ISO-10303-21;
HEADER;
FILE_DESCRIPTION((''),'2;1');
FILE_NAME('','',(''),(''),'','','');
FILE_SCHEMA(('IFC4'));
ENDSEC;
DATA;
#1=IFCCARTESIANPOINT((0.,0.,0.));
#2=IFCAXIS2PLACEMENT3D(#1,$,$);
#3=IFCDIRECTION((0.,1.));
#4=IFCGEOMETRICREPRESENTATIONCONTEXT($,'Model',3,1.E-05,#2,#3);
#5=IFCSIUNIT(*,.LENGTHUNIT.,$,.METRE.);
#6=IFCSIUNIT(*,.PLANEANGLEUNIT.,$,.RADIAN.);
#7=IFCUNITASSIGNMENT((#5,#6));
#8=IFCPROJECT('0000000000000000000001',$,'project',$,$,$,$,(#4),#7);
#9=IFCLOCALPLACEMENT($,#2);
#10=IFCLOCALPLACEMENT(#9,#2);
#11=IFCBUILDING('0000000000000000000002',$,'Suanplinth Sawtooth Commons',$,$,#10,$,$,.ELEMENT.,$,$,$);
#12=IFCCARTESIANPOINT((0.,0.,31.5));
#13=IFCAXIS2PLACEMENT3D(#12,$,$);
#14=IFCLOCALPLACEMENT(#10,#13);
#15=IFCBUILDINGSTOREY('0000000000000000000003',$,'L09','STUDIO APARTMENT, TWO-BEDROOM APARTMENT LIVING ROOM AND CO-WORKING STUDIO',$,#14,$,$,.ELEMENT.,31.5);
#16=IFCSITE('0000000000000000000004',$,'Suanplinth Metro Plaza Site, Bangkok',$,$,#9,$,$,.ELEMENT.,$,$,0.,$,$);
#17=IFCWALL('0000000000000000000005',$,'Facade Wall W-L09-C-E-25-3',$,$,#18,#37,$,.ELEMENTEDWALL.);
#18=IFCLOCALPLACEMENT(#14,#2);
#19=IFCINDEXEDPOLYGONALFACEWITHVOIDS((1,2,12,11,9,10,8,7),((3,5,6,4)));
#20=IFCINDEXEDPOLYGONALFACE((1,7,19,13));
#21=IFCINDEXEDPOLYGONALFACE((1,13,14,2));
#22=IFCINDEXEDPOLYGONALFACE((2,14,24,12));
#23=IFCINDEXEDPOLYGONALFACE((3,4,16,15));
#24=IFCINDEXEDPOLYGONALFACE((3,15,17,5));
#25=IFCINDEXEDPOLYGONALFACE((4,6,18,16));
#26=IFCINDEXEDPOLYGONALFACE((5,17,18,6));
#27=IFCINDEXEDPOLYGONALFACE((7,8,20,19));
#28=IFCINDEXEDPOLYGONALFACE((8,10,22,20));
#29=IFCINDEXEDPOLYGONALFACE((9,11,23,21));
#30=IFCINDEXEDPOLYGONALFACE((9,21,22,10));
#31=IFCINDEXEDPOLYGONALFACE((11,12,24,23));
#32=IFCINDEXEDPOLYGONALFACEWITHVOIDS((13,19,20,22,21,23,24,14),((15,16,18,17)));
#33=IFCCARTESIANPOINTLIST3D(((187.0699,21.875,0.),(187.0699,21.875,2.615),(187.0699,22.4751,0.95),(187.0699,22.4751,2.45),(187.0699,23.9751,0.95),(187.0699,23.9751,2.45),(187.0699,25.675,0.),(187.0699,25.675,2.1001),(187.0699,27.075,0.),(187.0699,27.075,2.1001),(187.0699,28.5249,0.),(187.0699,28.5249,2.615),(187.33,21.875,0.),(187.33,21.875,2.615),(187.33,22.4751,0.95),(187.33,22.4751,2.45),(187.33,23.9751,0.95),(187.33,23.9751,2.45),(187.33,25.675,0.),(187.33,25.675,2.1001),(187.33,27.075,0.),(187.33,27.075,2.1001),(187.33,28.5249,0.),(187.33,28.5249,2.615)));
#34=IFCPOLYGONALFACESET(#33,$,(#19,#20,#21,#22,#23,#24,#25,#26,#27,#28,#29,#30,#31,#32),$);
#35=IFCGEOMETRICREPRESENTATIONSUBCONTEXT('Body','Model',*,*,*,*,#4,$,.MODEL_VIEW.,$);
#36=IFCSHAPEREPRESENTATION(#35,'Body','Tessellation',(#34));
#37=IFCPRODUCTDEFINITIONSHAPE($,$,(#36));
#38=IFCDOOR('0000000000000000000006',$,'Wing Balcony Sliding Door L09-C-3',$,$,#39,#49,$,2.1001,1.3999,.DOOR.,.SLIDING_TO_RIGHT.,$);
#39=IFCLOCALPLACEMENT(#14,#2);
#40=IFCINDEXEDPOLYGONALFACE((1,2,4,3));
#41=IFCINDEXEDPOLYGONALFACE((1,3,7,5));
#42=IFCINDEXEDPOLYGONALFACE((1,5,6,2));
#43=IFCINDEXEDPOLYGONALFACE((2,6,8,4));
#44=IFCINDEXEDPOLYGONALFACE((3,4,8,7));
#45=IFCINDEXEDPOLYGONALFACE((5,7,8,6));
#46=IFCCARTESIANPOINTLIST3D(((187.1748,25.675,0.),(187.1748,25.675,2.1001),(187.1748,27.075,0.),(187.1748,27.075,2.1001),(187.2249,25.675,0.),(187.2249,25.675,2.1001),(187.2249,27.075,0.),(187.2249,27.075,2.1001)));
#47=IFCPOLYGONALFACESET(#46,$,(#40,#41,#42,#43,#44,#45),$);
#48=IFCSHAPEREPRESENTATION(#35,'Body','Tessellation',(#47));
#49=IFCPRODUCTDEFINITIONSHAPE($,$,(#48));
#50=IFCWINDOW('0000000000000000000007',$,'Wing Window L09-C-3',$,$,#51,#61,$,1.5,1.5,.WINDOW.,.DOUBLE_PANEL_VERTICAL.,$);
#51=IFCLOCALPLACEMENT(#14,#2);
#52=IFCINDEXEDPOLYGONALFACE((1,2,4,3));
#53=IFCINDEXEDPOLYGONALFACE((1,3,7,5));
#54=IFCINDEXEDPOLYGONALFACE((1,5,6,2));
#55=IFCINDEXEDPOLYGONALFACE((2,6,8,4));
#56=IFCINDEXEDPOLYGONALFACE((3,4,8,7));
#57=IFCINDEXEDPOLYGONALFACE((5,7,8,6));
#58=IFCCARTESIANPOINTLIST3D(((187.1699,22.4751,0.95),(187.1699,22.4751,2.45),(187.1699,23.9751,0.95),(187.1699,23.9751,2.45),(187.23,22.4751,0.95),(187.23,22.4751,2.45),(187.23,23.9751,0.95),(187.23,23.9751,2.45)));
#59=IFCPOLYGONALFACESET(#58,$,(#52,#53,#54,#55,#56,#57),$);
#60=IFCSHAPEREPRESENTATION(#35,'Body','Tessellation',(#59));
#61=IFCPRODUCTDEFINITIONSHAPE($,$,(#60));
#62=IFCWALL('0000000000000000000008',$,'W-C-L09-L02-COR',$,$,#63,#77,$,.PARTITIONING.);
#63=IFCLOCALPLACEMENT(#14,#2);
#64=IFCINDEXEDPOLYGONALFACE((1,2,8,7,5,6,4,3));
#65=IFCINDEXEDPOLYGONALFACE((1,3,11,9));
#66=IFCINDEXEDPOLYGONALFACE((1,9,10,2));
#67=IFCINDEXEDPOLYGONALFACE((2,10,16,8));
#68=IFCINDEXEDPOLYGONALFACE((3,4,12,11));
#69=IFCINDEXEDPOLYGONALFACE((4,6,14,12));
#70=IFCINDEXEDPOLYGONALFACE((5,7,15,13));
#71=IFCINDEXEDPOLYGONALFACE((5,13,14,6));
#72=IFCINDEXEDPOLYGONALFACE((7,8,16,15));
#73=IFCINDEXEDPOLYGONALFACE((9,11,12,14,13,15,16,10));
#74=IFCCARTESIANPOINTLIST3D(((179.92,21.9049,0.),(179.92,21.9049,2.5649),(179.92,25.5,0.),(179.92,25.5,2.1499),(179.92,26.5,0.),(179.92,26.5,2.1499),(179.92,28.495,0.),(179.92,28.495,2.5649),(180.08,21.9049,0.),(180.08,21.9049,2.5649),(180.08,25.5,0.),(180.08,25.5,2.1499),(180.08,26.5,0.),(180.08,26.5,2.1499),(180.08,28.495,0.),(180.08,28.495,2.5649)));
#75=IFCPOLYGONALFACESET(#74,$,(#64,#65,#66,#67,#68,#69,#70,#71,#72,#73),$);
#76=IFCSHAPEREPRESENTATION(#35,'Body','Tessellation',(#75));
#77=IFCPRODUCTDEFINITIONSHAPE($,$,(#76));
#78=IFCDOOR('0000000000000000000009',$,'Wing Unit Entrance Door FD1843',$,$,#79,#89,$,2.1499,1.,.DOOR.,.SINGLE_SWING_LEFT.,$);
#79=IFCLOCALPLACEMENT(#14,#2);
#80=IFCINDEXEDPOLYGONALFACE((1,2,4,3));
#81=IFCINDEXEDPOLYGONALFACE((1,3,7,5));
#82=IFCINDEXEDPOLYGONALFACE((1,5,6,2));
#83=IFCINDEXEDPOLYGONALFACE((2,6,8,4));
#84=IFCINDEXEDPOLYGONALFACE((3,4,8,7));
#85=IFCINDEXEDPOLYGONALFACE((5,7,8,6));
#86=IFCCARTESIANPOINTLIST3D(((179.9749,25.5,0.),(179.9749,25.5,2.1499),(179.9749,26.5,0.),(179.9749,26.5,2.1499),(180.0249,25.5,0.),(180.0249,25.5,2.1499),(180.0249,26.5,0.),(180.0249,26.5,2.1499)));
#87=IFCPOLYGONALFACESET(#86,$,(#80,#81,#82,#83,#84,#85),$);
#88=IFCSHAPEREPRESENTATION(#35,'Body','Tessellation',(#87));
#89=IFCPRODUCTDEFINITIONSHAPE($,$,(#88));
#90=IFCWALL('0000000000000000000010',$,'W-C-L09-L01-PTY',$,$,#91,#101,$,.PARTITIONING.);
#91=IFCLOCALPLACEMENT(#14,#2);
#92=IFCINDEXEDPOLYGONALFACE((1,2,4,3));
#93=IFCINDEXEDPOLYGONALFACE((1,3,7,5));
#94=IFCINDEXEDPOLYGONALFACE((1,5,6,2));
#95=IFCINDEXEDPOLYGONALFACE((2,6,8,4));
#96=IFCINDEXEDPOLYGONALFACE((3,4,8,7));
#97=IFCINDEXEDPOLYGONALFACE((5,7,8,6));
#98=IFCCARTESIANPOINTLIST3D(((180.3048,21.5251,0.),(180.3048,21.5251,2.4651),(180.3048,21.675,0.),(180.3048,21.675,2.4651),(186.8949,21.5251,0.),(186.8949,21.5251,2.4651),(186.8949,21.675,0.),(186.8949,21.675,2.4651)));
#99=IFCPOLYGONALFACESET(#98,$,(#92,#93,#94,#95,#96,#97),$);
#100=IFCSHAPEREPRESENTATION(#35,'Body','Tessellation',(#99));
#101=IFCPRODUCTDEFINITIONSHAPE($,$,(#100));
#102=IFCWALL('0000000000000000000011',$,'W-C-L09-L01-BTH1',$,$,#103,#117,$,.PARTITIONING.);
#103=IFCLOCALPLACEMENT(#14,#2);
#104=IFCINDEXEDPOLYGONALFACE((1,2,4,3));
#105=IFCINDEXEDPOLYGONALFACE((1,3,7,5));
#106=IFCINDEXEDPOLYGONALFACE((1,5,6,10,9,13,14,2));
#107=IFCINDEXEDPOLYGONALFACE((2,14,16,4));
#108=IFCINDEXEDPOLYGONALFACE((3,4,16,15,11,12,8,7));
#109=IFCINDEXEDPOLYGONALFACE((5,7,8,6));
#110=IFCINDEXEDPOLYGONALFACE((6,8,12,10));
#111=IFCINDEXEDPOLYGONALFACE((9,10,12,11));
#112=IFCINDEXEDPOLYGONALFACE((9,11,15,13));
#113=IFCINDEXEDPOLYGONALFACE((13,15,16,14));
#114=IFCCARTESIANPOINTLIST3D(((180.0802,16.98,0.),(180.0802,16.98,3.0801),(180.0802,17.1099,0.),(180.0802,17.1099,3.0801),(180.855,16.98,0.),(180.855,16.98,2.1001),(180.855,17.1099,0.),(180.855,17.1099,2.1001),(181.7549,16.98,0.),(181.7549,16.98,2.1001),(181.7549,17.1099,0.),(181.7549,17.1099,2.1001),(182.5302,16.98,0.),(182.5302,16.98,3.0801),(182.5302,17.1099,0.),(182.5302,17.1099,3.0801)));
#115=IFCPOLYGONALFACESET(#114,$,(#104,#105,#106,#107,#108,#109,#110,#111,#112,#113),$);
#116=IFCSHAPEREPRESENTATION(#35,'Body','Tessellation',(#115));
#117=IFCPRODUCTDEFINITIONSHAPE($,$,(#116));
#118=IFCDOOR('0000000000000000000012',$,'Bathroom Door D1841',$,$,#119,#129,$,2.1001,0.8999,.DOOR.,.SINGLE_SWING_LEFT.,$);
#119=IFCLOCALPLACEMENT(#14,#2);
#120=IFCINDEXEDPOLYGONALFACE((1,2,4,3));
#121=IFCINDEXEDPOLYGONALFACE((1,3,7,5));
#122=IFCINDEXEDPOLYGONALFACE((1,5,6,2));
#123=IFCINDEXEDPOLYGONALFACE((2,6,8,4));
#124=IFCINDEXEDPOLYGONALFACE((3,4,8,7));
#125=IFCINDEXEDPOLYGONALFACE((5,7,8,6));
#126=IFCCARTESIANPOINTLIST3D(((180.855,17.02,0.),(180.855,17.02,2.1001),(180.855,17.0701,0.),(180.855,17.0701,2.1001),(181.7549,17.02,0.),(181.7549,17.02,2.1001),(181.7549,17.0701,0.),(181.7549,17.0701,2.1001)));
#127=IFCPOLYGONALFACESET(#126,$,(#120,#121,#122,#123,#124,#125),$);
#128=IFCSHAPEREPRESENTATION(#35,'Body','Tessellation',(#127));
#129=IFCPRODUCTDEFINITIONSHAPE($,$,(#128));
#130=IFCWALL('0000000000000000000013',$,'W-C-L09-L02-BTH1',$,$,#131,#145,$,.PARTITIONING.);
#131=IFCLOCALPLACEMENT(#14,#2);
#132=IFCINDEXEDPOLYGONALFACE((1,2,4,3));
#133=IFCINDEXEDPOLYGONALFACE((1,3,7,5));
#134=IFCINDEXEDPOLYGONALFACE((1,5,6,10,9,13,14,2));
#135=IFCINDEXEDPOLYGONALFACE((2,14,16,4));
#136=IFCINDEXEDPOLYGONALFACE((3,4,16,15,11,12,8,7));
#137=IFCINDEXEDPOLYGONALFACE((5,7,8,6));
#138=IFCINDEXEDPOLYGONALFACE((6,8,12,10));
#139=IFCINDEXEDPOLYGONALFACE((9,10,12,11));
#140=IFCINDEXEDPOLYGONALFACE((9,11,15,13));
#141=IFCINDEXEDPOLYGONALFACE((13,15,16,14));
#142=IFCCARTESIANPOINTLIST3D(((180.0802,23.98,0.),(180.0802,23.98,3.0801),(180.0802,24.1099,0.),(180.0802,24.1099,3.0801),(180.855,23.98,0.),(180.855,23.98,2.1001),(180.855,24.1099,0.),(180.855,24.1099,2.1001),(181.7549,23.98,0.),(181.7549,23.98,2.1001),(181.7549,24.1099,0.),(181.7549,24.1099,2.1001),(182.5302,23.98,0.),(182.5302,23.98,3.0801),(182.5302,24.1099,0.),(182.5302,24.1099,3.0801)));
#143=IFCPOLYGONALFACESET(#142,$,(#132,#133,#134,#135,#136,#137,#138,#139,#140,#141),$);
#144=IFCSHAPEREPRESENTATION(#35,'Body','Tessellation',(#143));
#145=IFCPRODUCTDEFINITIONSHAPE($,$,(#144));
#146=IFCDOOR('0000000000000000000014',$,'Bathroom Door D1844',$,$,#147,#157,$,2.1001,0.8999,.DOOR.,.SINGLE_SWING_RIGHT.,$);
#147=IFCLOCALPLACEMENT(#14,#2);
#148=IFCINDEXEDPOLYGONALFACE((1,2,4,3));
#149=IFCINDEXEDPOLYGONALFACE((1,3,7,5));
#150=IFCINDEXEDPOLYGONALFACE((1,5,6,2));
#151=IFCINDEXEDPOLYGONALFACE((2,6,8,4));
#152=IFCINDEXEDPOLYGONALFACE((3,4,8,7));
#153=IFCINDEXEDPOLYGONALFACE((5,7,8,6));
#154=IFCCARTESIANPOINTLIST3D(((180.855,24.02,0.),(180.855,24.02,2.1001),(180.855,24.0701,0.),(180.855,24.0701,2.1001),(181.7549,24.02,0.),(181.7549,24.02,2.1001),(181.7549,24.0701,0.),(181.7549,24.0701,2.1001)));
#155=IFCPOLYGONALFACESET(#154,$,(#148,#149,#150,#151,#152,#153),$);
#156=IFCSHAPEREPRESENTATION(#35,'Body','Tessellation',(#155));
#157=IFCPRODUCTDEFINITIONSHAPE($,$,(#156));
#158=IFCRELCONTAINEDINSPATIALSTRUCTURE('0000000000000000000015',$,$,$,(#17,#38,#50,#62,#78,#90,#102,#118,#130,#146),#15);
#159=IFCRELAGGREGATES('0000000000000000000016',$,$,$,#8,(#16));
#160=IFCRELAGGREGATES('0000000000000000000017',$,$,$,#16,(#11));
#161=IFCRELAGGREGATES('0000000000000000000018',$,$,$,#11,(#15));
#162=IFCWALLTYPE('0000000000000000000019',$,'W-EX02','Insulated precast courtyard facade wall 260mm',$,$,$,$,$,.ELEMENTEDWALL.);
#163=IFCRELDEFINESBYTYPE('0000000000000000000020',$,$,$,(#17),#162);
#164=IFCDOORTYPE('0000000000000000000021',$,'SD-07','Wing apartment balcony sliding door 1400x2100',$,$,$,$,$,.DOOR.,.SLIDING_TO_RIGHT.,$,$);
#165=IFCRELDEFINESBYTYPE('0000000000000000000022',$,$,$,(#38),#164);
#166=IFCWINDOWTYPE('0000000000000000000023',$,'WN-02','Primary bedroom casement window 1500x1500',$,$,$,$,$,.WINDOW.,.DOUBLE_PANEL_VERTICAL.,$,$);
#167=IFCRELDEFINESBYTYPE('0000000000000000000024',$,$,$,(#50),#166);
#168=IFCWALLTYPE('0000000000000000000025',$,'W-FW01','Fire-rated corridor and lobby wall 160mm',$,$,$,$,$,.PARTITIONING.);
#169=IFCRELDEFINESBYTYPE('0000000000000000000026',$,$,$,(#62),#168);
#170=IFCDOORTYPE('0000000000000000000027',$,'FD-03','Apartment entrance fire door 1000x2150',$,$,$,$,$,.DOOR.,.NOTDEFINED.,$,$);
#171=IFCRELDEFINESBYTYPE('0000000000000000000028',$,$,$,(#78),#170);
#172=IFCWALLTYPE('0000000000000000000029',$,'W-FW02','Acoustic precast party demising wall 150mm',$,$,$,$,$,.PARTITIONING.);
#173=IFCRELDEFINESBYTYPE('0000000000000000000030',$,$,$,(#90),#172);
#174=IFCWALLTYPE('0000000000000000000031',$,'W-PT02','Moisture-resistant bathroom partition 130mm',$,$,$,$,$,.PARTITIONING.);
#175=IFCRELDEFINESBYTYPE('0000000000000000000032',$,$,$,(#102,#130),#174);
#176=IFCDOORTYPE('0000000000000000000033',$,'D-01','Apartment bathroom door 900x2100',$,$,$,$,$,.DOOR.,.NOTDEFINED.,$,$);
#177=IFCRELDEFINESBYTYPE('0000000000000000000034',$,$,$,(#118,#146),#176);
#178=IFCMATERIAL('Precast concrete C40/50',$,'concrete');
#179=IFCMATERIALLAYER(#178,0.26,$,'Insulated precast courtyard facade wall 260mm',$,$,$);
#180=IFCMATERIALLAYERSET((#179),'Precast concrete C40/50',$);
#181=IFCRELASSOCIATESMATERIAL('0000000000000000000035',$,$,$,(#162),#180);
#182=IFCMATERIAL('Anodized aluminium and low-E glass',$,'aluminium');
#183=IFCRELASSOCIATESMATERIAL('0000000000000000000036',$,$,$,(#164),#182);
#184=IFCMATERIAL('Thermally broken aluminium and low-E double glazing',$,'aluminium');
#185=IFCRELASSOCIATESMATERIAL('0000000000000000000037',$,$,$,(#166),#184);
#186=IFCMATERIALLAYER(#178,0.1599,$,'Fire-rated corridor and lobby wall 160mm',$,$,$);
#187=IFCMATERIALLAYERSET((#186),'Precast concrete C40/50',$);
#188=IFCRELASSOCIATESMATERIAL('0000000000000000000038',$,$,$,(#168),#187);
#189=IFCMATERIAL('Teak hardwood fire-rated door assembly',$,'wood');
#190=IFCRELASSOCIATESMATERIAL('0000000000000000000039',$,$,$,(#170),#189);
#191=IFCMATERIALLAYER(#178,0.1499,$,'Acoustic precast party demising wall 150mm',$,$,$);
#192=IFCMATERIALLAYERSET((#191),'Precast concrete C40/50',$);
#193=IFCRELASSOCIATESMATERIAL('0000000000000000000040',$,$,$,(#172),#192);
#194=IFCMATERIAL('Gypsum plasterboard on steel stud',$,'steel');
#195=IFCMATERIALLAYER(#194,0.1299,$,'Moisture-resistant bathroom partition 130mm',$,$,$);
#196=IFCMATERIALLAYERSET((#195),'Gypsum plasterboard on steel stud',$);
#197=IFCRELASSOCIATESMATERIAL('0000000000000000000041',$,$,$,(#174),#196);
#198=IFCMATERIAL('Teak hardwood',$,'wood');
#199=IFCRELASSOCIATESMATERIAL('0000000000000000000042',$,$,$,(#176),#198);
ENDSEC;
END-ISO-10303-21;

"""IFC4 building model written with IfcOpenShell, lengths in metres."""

from ifc_helpers import new_model, si_unit, direction, frame, frame_2d, origin, place, context, subcontext, project, spatial, rectangle, extrude, material, layer, layer_set, type_object, element, fill, save


model = new_model("IFC4")

# Units and contexts
model_context = context("Model", 3, precision=1e-05, world=origin(), true_north=direction((0.0, 1.0)))
body_context = subcontext(model_context, "Body", "Model", "MODEL_VIEW")
ifc_project = project(units=[si_unit("LENGTHUNIT", "METRE"), si_unit("PLANEANGLEUNIT", "RADIAN")], contexts=[model_context])

# Site, building, storey
site_placement = place(None, origin())
site = spatial("IfcSite", under=ifc_project, at=site_placement, Name="Suanplinth Metro Plaza Site, Bangkok", CompositionType="ELEMENT", RefElevation=0.0)
building_placement = place(site_placement, origin())
building = spatial("IfcBuilding", under=site, at=building_placement, Name="Suanplinth Sawtooth Commons", CompositionType="ELEMENT")
storey_placement = place(building_placement, frame((0.0, 0.0, 31.5)))
storey = spatial("IfcBuildingStorey", under=building, at=storey_placement, Name="L09", Description="STUDIO APARTMENT, TWO-BEDROOM APARTMENT LIVING ROOM AND CO-WORKING STUDIO", CompositionType="ELEMENT", Elevation=31.5)

# Shared definitions
ifc_material_1 = material(Name="Precast concrete C40/50", Category="concrete")

# Shared definitions
ifc_layer_1 = layer(ifc_material_1, 0.26, Name="Insulated precast courtyard facade wall 260mm")
ifc_layer_set_1 = layer_set([ifc_layer_1], Name="Precast concrete C40/50")
wall_type_1 = type_object("IfcWallType", Name="W-EX02", Description="Insulated precast courtyard facade wall 260mm", PredefinedType="ELEMENTEDWALL", material=ifc_layer_set_1)
ifc_material_2 = material(Name="Thermally broken aluminium and low-E double glazing", Category="aluminium")

# Wall, openings, door, window
wall_1_placement = place(storey_placement, frame((187.2, 21.875, 0.0), z_axis=(0.0, 0.0, 1.0), x_axis=(0.0, 1.0, 0.0)))
wall_1 = element("IfcWall", 1, at=wall_1_placement, inside=storey, type_object=wall_type_1, Name="Facade Wall W-L09-C-E-25-3", PredefinedType="ELEMENTEDWALL", context=body_context, shape_type="SweptSolid", body=[
    extrude(rectangle(XDim=6.6499, YDim=0.26, at=frame_2d((3.325, 0.0))), origin(), (0.0, 0.0, 1.0), 2.615),
])
opening_1_placement = place(wall_1_placement, frame((3.8, 0.0, 0.0)))
opening_1 = element("IfcOpeningElement", 2, at=opening_1_placement, cuts=wall_1, PredefinedType="OPENING", context=body_context, shape_type="SweptSolid", body=[
    extrude(rectangle(XDim=1.3999, YDim=2.1001, at=frame_2d((0.7, 1.05))), frame((0.0, 0.145, 0.0), z_axis=(0.0, -1.0, 0.0), x_axis=(1.0, 0.0, 0.0)), (0.0, 0.0, 1.0), 0.2898),
])
opening_2_placement = place(wall_1_placement, frame((0.6001, 0.0, 0.95)))
opening_2 = element("IfcOpeningElement", 3, at=opening_2_placement, cuts=wall_1, PredefinedType="OPENING", context=body_context, shape_type="SweptSolid", body=[
    extrude(rectangle(XDim=1.5, YDim=1.5, at=frame_2d((0.75, 0.75))), frame((0.0, 0.145, 0.0), z_axis=(0.0, -1.0, 0.0), x_axis=(1.0, 0.0, 0.0)), (0.0, 0.0, 1.0), 0.2898),
])
ifc_material_3 = material(Name="Anodized aluminium and low-E glass", Category="aluminium")
door_type_1 = type_object("IfcDoorType", Name="SD-07", Description="Wing apartment balcony sliding door 1400x2100", OperationType="SLIDING_TO_RIGHT", PredefinedType="DOOR", material=ifc_material_3)
door_1_placement = place(opening_1_placement, frame((1.3999, 0.0, 0.0), z_axis=(0.0, 0.0, 1.0), x_axis=(-1.0, 0.0, 0.0)))
door_1 = element("IfcDoor", 4, at=door_1_placement, inside=storey, type_object=door_type_1, Name="Wing Balcony Sliding Door L09-C-3", OperationType="SLIDING_TO_RIGHT", OverallHeight=2.1001, OverallWidth=1.3999, PredefinedType="DOOR", context=body_context, shape_type="SweptSolid", body=[
    extrude(rectangle(XDim=1.3999, YDim=2.1001, at=frame_2d((0.7, 1.05))), frame((0.0, 0.0249, 0.0), z_axis=(0.0, -1.0, 0.0), x_axis=(1.0, 0.0, 0.0)), (0.0, 0.0, 1.0), 0.05),
])
fill(opening_1, door_1)
window_type_1 = type_object("IfcWindowType", Name="WN-02", Description="Primary bedroom casement window 1500x1500", PartitioningType="DOUBLE_PANEL_VERTICAL", PredefinedType="WINDOW", material=ifc_material_2)
window_1_placement = place(opening_2_placement, origin())
window_1 = element("IfcWindow", 5, at=window_1_placement, inside=storey, type_object=window_type_1, Name="Wing Window L09-C-3", OverallHeight=1.5, OverallWidth=1.5, PartitioningType="DOUBLE_PANEL_VERTICAL", PredefinedType="WINDOW", context=body_context, shape_type="SweptSolid", body=[
    extrude(rectangle(XDim=1.5, YDim=1.5, at=frame_2d((0.75, 0.75))), frame((0.0, 0.03, 0.0), z_axis=(0.0, -1.0, 0.0), x_axis=(1.0, 0.0, 0.0)), (0.0, 0.0, 1.0), 0.0601),
])
fill(opening_2, window_1)

# Wall, opening, door
ifc_layer_2 = layer(ifc_material_1, 0.1599, Name="Fire-rated corridor and lobby wall 160mm")
ifc_layer_set_2 = layer_set([ifc_layer_2], Name="Precast concrete C40/50")
wall_type_2 = type_object("IfcWallType", Name="W-FW01", Description="Fire-rated corridor and lobby wall 160mm", PredefinedType="PARTITIONING", material=ifc_layer_set_2)
wall_2_placement = place(storey_placement, frame((180.0, 21.905, 0.0), z_axis=(0.0, 0.0, 1.0), x_axis=(0.0, 1.0, 0.0)))
wall_2 = element("IfcWall", 6, at=wall_2_placement, inside=storey, type_object=wall_type_2, Name="W-C-L09-L02-COR", PredefinedType="PARTITIONING", context=body_context, shape_type="SweptSolid", body=[
    extrude(rectangle(XDim=6.5901, YDim=0.1599, at=frame_2d((3.2949, 0.0))), origin(), (0.0, 0.0, 1.0), 2.5649),
])
opening_3_placement = place(wall_2_placement, frame((3.595, 0.0, 0.0)))
opening_3 = element("IfcOpeningElement", 7, at=opening_3_placement, cuts=wall_2, PredefinedType="OPENING", context=body_context, shape_type="SweptSolid", body=[
    extrude(rectangle(XDim=1.0, YDim=2.1499, at=frame_2d((0.5, 1.075))), frame((0.0, 0.0947, 0.0), z_axis=(0.0, -1.0, 0.0), x_axis=(1.0, 0.0, 0.0)), (0.0, 0.0, 1.0), 0.1897),
])
ifc_material_4 = material(Name="Teak hardwood fire-rated door assembly", Category="wood")
door_type_2 = type_object("IfcDoorType", Name="FD-03", Description="Apartment entrance fire door 1000x2150", OperationType="NOTDEFINED", PredefinedType="DOOR", material=ifc_material_4)
door_2_placement = place(opening_3_placement, frame((1.0, 0.0, 0.0), z_axis=(0.0, 0.0, 1.0), x_axis=(-1.0, 0.0, 0.0)))
door_2 = element("IfcDoor", 8, at=door_2_placement, inside=storey, type_object=door_type_2, Name="Wing Unit Entrance Door FD1843", OperationType="SINGLE_SWING_LEFT", OverallHeight=2.1499, OverallWidth=1.0, PredefinedType="DOOR", context=body_context, shape_type="SweptSolid", body=[
    extrude(rectangle(XDim=1.0, YDim=2.1499, at=frame_2d((0.5, 1.075))), frame((0.0, 0.0249, 0.0), z_axis=(0.0, -1.0, 0.0), x_axis=(1.0, 0.0, 0.0)), (0.0, 0.0, 1.0), 0.05),
])
fill(opening_3, door_2)

# Wall
ifc_layer_3 = layer(ifc_material_1, 0.1499, Name="Acoustic precast party demising wall 150mm")
ifc_layer_set_3 = layer_set([ifc_layer_3], Name="Precast concrete C40/50")
wall_type_3 = type_object("IfcWallType", Name="W-FW02", Description="Acoustic precast party demising wall 150mm", PredefinedType="PARTITIONING", material=ifc_layer_set_3)
wall_3_placement = place(storey_placement, frame((180.3049, 21.6001, 0.0), z_axis=(0.0, 0.0, 1.0), x_axis=(1.0, 0.0, 0.0)))
element("IfcWall", 9, at=wall_3_placement, inside=storey, type_object=wall_type_3, Name="W-C-L09-L01-PTY", PredefinedType="PARTITIONING", context=body_context, shape_type="SweptSolid", body=[
    extrude(rectangle(XDim=6.5901, YDim=0.1499, at=frame_2d((3.2949, 0.0))), origin(), (0.0, 0.0, 1.0), 2.4651),
])

# Walls, openings, doors
ifc_material_5 = material(Name="Gypsum plasterboard on steel stud", Category="steel")
ifc_layer_4 = layer(ifc_material_5, 0.1299, Name="Moisture-resistant bathroom partition 130mm")
ifc_layer_set_4 = layer_set([ifc_layer_4], Name="Gypsum plasterboard on steel stud")
wall_type_4 = type_object("IfcWallType", Name="W-PT02", Description="Moisture-resistant bathroom partition 130mm", PredefinedType="PARTITIONING", material=ifc_layer_set_4)
wall_4_placement = place(storey_placement, frame((180.0801, 17.0449, 0.0), z_axis=(0.0, 0.0, 1.0), x_axis=(1.0, 0.0, 0.0)))
wall_4 = element("IfcWall", 10, at=wall_4_placement, inside=storey, type_object=wall_type_4, Name="W-C-L09-L01-BTH1", PredefinedType="PARTITIONING", context=body_context, shape_type="SweptSolid", body=[
    extrude(rectangle(XDim=2.45, YDim=0.1299, at=frame_2d((1.2251, 0.0))), origin(), (0.0, 0.0, 1.0), 3.0801),
])
opening_4_placement = place(wall_4_placement, frame((0.7749, 0.0, 0.0)))
opening_4 = element("IfcOpeningElement", 11, at=opening_4_placement, cuts=wall_4, PredefinedType="OPENING", context=body_context, shape_type="SweptSolid", body=[
    extrude(rectangle(XDim=0.8999, YDim=2.1001, at=frame_2d((0.45, 1.05))), frame((0.0, 0.0798, 0.0), z_axis=(0.0, -1.0, 0.0), x_axis=(1.0, 0.0, 0.0)), (0.0, 0.0, 1.0), 0.1597),
])
ifc_material_6 = material(Name="Teak hardwood", Category="wood")
door_type_3 = type_object("IfcDoorType", Name="D-01", Description="Apartment bathroom door 900x2100", OperationType="NOTDEFINED", PredefinedType="DOOR", material=ifc_material_6)
door_3_placement = place(opening_4_placement, frame((0.8999, 0.0, 0.0), z_axis=(0.0, 0.0, 1.0), x_axis=(-1.0, 0.0, 0.0)))
door_3 = element("IfcDoor", 12, at=door_3_placement, inside=storey, type_object=door_type_3, Name="Bathroom Door D1841", OperationType="SINGLE_SWING_LEFT", OverallHeight=2.1001, OverallWidth=0.8999, PredefinedType="DOOR", context=body_context, shape_type="SweptSolid", body=[
    extrude(rectangle(XDim=0.8999, YDim=2.1001, at=frame_2d((0.45, 1.05))), frame((0.0, 0.0249, 0.0), z_axis=(0.0, -1.0, 0.0), x_axis=(1.0, 0.0, 0.0)), (0.0, 0.0, 1.0), 0.05),
])
fill(opening_4, door_3)
wall_5_placement = place(storey_placement, frame((180.0801, 24.0449, 0.0), z_axis=(0.0, 0.0, 1.0), x_axis=(1.0, 0.0, 0.0)))
wall_5 = element("IfcWall", 13, at=wall_5_placement, inside=storey, type_object=wall_type_4, Name="W-C-L09-L02-BTH1", PredefinedType="PARTITIONING", context=body_context, shape_type="SweptSolid", body=[
    extrude(rectangle(XDim=2.45, YDim=0.1299, at=frame_2d((1.2251, 0.0))), origin(), (0.0, 0.0, 1.0), 3.0801),
])
opening_5_placement = place(wall_5_placement, frame((0.7749, 0.0, 0.0)))
opening_5 = element("IfcOpeningElement", 14, at=opening_5_placement, cuts=wall_5, PredefinedType="OPENING", context=body_context, shape_type="SweptSolid", body=[
    extrude(rectangle(XDim=0.8999, YDim=2.1001, at=frame_2d((0.45, 1.05))), frame((0.0, 0.0798, 0.0), z_axis=(0.0, -1.0, 0.0), x_axis=(1.0, 0.0, 0.0)), (0.0, 0.0, 1.0), 0.1597),
])
door_4_placement = place(opening_5_placement, frame((0.8999, 0.0, 0.0), z_axis=(0.0, 0.0, 1.0), x_axis=(-1.0, 0.0, 0.0)))
door_4 = element("IfcDoor", 15, at=door_4_placement, inside=storey, type_object=door_type_3, Name="Bathroom Door D1844", OperationType="SINGLE_SWING_RIGHT", OverallHeight=2.1001, OverallWidth=0.8999, PredefinedType="DOOR", context=body_context, shape_type="SweptSolid", body=[
    extrude(rectangle(XDim=0.8999, YDim=2.1001, at=frame_2d((0.45, 1.05))), frame((0.0, 0.0249, 0.0), z_axis=(0.0, -1.0, 0.0), x_axis=(1.0, 0.0, 0.0)), (0.0, 0.0, 1.0), 0.05),
])
fill(opening_5, door_4)

save(model, "model.ifc")
